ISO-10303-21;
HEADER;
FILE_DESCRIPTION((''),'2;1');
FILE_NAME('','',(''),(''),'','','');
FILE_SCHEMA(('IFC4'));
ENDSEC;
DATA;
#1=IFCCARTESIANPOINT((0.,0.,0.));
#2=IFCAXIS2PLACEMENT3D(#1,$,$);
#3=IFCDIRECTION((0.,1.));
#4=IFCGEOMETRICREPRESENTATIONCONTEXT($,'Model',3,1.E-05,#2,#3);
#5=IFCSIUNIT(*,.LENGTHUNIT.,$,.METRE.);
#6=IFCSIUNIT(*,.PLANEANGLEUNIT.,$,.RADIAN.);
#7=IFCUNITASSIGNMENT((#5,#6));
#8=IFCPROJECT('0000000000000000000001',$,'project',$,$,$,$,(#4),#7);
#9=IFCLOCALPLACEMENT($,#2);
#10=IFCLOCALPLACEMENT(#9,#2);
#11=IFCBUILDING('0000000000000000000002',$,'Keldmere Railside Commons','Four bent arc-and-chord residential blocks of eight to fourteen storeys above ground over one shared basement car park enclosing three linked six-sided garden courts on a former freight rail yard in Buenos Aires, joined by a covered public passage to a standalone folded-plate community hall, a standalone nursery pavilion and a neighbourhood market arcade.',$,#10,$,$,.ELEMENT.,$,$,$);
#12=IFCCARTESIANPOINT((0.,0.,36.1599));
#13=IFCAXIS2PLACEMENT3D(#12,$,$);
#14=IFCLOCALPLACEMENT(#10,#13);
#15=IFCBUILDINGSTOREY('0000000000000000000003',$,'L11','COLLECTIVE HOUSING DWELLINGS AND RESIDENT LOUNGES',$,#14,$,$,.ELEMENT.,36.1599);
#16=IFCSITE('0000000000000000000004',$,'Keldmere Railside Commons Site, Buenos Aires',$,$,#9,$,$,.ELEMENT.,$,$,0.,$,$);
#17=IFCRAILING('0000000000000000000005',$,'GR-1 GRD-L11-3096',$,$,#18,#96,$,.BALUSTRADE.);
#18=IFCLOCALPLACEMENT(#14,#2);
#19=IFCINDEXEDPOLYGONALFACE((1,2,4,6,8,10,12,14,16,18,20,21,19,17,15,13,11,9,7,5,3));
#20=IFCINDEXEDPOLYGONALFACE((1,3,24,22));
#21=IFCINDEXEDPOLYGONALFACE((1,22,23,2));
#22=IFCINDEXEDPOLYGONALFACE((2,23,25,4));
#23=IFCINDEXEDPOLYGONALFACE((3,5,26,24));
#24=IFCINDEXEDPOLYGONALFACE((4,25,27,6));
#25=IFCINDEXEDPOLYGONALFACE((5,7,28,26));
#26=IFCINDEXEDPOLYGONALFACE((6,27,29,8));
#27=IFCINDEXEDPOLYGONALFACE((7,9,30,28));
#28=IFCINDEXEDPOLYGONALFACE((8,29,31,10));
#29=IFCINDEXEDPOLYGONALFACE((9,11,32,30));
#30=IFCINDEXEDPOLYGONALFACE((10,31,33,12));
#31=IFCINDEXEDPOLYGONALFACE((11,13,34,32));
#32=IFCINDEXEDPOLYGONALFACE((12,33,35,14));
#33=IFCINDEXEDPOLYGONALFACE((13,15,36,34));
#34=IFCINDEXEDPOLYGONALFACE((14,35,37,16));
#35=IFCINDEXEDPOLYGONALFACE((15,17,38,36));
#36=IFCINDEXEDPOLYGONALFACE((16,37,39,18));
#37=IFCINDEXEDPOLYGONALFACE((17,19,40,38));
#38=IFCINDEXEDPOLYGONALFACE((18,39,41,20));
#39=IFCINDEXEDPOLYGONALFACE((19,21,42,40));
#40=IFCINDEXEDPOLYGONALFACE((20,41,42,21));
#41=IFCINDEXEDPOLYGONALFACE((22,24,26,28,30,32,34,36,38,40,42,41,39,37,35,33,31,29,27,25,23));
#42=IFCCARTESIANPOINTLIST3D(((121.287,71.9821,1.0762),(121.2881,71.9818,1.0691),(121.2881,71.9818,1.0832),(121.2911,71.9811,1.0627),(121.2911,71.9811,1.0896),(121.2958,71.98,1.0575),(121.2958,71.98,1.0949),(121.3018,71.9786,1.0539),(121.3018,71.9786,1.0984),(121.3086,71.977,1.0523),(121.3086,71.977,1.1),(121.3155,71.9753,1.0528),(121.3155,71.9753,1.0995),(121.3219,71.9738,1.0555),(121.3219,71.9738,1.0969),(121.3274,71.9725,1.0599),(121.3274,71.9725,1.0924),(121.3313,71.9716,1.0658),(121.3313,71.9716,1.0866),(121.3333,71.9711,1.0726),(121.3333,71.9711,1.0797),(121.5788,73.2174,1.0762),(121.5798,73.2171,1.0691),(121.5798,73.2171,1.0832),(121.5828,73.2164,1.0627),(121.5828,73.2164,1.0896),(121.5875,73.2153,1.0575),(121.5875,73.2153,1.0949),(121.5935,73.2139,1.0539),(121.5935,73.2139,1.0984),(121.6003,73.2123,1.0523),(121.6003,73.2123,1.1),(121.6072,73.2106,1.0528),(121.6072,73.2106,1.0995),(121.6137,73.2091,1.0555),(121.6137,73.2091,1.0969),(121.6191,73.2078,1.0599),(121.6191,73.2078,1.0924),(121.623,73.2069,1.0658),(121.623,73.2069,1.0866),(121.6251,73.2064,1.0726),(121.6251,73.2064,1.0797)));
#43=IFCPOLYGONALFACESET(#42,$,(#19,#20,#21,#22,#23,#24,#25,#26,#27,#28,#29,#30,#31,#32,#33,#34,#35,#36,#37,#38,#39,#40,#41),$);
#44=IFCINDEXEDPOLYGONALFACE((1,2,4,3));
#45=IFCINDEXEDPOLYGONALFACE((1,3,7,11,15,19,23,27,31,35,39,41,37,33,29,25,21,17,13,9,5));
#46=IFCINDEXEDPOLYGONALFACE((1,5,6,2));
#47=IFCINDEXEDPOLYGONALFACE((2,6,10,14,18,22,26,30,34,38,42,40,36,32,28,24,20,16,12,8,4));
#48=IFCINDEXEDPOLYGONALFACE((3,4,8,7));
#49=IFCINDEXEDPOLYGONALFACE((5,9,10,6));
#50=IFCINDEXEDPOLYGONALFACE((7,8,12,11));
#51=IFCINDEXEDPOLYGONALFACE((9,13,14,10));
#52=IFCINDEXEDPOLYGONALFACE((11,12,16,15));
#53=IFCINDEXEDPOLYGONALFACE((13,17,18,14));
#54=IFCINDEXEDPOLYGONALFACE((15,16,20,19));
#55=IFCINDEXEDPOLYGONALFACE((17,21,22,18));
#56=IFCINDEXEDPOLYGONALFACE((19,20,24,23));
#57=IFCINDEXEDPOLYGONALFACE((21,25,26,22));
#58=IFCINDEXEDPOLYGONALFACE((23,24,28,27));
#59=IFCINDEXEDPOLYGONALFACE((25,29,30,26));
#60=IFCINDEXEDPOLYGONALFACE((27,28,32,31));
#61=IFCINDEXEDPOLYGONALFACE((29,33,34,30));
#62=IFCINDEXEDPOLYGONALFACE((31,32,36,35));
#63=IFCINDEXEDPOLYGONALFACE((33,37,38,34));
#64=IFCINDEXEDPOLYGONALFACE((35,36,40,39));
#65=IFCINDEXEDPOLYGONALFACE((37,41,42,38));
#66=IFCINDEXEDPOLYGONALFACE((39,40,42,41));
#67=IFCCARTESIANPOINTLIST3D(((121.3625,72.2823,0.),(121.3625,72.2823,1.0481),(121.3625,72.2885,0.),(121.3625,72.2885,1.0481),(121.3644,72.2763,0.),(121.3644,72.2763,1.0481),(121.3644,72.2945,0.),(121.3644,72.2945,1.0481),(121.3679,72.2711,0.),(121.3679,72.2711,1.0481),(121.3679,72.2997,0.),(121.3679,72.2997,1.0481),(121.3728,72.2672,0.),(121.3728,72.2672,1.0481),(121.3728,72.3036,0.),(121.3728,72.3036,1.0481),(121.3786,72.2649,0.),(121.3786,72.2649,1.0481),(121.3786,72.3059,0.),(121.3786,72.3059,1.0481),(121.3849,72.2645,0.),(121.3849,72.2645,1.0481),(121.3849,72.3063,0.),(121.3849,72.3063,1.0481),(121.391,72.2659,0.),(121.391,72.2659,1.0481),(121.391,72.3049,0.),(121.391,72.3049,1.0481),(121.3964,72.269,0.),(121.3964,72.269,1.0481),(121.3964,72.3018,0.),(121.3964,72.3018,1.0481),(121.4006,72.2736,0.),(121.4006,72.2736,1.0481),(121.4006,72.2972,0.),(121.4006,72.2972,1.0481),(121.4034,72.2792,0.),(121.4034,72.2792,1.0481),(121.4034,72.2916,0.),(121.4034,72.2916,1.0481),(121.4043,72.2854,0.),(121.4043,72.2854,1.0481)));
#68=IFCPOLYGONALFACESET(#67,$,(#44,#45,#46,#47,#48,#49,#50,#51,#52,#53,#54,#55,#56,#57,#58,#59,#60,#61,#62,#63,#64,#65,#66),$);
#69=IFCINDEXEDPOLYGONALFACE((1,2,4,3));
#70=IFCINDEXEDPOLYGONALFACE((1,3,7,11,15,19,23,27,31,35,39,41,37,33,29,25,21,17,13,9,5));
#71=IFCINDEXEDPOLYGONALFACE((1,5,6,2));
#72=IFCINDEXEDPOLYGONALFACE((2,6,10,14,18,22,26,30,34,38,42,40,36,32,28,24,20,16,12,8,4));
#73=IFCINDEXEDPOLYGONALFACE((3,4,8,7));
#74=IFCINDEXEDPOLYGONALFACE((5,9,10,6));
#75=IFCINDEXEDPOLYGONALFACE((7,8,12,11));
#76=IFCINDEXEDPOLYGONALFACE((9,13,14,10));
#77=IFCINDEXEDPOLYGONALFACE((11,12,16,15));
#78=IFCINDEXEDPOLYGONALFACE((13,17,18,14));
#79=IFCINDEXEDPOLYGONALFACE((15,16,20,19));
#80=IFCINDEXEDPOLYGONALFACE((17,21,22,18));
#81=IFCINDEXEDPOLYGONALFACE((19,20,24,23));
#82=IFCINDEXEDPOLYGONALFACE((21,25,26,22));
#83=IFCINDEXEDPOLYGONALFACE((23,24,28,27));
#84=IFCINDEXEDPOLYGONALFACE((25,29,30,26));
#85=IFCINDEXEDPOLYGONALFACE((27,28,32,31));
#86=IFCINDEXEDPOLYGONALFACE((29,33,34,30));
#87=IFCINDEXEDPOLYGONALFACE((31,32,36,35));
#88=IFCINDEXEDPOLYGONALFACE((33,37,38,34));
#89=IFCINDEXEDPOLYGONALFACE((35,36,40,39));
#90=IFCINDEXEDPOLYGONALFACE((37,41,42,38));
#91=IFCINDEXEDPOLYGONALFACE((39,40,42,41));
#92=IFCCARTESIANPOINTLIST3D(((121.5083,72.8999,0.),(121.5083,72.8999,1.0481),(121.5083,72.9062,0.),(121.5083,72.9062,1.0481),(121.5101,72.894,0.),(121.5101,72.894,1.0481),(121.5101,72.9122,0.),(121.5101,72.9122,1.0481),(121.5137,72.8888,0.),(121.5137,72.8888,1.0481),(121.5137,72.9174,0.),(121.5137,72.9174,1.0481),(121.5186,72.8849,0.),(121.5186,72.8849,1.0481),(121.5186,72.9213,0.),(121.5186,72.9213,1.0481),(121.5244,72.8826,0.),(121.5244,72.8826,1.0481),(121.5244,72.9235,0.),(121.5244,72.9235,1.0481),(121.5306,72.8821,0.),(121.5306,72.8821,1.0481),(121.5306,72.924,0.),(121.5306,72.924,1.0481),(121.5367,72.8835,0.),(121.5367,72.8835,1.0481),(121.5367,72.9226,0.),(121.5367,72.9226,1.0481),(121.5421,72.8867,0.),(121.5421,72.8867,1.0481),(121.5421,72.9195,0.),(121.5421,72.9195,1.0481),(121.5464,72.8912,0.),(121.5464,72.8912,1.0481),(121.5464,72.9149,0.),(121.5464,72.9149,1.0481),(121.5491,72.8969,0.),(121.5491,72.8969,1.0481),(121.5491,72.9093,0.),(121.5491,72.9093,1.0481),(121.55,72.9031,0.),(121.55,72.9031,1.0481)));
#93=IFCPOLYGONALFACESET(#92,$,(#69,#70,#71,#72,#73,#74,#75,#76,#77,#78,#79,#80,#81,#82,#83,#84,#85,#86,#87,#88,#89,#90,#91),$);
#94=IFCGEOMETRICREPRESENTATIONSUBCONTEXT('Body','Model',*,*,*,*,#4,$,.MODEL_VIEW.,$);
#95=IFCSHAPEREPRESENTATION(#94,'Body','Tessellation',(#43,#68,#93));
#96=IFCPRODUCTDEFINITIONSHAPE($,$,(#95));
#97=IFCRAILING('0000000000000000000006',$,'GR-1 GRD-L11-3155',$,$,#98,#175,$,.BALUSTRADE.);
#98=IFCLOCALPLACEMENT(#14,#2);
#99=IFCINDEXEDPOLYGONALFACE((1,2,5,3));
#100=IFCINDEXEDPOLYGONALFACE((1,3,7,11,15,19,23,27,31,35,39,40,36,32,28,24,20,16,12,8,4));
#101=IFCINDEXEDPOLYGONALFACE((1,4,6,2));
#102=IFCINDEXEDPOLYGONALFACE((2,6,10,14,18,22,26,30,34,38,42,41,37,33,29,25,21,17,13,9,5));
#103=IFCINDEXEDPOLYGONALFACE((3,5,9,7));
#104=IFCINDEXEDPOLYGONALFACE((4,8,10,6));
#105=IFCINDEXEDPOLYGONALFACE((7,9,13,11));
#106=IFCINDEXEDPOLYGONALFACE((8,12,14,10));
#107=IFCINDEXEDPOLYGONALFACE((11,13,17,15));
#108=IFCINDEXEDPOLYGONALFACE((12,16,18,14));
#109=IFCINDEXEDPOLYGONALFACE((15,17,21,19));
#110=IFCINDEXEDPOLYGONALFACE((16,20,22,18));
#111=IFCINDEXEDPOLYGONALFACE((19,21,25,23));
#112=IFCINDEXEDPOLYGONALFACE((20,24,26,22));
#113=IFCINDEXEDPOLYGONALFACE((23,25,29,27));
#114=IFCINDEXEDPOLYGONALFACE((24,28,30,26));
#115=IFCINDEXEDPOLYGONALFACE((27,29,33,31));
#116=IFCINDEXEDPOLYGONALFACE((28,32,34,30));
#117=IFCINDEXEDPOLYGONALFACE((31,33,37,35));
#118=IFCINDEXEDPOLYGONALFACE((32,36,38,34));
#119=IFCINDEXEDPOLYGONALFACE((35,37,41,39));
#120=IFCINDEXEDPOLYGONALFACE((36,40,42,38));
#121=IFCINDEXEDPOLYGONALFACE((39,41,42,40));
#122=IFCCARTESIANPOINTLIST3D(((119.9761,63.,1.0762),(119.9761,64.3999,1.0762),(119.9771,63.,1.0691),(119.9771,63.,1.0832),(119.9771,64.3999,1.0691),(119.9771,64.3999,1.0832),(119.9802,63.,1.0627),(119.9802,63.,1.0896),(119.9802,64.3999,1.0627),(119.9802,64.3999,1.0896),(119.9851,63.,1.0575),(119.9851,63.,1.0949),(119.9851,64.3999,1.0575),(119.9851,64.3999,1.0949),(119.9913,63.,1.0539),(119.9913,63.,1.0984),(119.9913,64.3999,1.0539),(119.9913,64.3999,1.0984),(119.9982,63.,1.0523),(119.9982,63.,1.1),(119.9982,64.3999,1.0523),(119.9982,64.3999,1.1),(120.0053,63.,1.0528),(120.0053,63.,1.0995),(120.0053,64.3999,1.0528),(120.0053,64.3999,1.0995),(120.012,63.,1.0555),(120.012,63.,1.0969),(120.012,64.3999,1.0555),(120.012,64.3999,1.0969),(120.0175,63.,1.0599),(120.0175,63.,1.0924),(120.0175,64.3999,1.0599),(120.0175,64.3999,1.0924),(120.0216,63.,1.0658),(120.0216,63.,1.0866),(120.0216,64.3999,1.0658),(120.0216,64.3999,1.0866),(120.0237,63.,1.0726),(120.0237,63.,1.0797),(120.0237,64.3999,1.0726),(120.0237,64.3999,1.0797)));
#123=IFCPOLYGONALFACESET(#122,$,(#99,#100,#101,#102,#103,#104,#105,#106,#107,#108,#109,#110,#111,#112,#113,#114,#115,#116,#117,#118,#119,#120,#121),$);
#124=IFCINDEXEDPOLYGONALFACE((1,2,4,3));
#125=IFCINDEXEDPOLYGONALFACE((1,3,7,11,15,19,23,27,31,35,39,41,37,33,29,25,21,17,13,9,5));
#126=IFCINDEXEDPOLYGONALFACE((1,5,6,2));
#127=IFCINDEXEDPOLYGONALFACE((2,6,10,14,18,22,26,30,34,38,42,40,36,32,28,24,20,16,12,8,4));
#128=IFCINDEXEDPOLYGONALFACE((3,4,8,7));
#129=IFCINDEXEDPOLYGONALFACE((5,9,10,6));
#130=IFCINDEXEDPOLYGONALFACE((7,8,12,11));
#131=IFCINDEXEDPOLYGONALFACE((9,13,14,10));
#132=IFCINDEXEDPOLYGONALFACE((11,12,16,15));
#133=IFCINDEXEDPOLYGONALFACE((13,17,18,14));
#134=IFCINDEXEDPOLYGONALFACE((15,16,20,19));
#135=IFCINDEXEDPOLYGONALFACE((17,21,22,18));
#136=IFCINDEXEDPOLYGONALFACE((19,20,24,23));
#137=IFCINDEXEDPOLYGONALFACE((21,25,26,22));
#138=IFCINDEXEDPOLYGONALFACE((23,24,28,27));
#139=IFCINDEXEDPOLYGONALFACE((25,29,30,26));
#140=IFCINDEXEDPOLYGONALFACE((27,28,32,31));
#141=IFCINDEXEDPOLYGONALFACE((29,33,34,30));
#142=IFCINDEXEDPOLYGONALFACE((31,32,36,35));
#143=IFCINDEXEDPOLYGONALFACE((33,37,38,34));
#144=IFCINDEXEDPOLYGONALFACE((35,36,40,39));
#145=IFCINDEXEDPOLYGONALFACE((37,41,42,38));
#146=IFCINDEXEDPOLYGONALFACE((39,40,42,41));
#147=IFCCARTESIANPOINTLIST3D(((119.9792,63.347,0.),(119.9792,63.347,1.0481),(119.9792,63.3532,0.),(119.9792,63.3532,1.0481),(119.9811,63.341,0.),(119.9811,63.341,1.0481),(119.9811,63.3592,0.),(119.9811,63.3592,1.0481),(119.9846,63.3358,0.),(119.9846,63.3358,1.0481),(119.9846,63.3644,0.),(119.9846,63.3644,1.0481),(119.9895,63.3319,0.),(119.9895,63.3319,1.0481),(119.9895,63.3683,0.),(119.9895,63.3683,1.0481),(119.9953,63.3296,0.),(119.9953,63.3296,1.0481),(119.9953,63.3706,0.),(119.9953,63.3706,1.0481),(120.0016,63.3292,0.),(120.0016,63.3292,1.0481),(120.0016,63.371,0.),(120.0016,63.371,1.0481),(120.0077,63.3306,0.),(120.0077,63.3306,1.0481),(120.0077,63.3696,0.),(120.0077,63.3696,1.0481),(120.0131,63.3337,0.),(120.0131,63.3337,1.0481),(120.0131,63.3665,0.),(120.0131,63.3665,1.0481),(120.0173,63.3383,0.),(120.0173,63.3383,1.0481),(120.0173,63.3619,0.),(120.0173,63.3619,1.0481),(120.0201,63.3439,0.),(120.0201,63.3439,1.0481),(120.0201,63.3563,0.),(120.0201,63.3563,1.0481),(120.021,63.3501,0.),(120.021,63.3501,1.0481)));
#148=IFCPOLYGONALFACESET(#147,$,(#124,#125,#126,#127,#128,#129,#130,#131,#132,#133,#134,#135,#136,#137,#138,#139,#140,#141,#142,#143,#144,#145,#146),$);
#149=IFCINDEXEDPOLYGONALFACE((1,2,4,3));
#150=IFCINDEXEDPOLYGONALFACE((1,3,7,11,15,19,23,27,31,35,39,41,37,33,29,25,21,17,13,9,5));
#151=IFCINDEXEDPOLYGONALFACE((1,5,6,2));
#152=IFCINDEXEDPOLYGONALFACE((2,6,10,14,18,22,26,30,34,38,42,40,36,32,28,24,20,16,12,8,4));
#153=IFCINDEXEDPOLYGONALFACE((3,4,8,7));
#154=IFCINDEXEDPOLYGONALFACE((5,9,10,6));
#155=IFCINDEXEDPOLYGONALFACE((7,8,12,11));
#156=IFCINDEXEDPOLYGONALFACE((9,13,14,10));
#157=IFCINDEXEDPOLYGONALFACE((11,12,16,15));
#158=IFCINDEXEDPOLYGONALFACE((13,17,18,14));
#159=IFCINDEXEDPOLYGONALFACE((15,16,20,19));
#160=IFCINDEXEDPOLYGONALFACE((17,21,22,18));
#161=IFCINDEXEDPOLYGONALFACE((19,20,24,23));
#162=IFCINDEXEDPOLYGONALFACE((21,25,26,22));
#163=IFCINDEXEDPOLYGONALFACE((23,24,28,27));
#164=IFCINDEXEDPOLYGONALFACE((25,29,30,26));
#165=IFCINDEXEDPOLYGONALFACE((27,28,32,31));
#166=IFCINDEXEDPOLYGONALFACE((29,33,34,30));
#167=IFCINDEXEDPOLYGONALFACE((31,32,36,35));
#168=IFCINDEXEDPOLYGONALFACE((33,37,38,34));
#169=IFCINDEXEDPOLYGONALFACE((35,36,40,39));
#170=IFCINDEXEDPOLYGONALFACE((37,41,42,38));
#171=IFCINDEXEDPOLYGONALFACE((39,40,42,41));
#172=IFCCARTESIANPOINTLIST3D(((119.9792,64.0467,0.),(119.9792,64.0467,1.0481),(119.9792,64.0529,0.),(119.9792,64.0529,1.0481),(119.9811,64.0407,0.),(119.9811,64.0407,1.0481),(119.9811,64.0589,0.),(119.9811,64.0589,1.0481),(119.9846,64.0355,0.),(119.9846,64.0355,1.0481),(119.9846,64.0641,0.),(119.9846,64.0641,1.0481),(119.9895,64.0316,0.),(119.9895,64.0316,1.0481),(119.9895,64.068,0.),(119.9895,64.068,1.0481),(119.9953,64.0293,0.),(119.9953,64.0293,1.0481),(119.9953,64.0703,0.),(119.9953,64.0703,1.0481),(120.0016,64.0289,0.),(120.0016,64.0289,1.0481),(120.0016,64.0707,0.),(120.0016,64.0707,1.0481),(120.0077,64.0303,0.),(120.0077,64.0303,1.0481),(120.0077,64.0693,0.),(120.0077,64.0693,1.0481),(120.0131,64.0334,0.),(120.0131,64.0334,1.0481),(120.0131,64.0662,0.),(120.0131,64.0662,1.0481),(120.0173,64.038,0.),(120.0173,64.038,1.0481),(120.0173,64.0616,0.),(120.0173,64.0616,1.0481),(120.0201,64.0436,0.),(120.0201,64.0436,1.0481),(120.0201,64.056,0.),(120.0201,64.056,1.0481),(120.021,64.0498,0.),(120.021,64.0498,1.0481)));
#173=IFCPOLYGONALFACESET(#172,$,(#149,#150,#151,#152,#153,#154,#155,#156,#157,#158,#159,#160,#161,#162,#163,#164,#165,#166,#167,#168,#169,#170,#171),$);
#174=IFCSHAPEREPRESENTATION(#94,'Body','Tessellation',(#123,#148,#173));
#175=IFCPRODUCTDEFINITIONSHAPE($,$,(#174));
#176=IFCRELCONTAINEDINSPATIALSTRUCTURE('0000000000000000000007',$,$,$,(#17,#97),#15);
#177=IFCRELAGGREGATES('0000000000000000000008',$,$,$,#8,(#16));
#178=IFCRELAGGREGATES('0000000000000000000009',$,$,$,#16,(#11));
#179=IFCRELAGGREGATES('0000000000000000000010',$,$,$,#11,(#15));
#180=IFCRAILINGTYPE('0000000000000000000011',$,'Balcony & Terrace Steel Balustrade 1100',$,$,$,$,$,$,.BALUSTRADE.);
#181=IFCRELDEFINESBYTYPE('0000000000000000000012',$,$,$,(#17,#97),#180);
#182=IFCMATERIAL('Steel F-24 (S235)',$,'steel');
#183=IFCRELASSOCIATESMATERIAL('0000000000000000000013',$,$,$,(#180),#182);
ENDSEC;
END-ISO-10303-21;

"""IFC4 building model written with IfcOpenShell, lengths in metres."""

from ifc_helpers import new_model, si_unit, direction, frame, origin, origin_2d, place, context, subcontext, project, spatial, circle, extrude, material, type_object, element, save


model = new_model("IFC4")

# Units and contexts
model_context = context("Model", 3, precision=1e-05, world=origin(), true_north=direction((0.0, 1.0)))
body_context = subcontext(model_context, "Body", "Model", "MODEL_VIEW")
ifc_project = project(units=[si_unit("LENGTHUNIT", "METRE"), si_unit("PLANEANGLEUNIT", "RADIAN")], contexts=[model_context])

# Site, building, storey
site_placement = place(None, origin())
site = spatial("IfcSite", under=ifc_project, at=site_placement, Name="Keldmere Railside Commons Site, Buenos Aires", CompositionType="ELEMENT", RefElevation=0.0)
building_placement = place(site_placement, origin())
building = spatial("IfcBuilding", under=site, at=building_placement, Name="Keldmere Railside Commons", Description="Four bent arc-and-chord residential blocks of eight to fourteen storeys above ground over one shared basement car park enclosing three linked six-sided garden courts on a former freight rail yard in Buenos Aires, joined by a covered public passage to a standalone folded-plate community hall, a standalone nursery pavilion and a neighbourhood market arcade.", CompositionType="ELEMENT")
storey_placement = place(building_placement, frame((0.0, 0.0, 36.1599)))
storey = spatial("IfcBuildingStorey", under=building, at=storey_placement, Name="L11", Description="COLLECTIVE HOUSING DWELLINGS AND RESIDENT LOUNGES", CompositionType="ELEMENT", Elevation=36.1599)

# Railings
ifc_material_1 = material(Name="Steel F-24 (S235)", Category="steel")
railing_type = type_object("IfcRailingType", Name="Balcony & Terrace Steel Balustrade 1100", PredefinedType="BALUSTRADE", material=ifc_material_1)
railing_1_placement = place(storey_placement, frame((121.3103, 71.9766, 0.0)))
element("IfcRailing", 1, at=railing_1_placement, inside=storey, type_object=railing_type, Name="GR-1 GRD-L11-3096", PredefinedType="BALUSTRADE", context=body_context, shape_type="SweptSolid", body=[
    extrude(circle(Radius=0.0239, at=origin_2d()), frame((0.0, 0.0, 1.0762), z_axis=(0.229843, 0.973228, 0.0), x_axis=(-0.973228, 0.229843, 0.0)), (0.0, 0.0, 1.0), 1.2693),
    extrude(circle(Radius=0.021, at=origin_2d()), frame((0.073, 0.3088, 0.0)), (0.0, 0.0, 1.0), 1.0481),
    extrude(circle(Radius=0.021, at=origin_2d()), frame((0.2188, 0.9265, 0.0)), (0.0, 0.0, 1.0), 1.0481),
])
railing_2_placement = place(storey_placement, frame((120.0, 63.0, 0.0)))
element("IfcRailing", 2, at=railing_2_placement, inside=storey, type_object=railing_type, Name="GR-1 GRD-L11-3155", PredefinedType="BALUSTRADE", context=body_context, shape_type="SweptSolid", body=[
    extrude(circle(Radius=0.0239, at=origin_2d()), frame((0.0, 0.0, 1.0762), z_axis=(0.0, 1.0, 0.0), x_axis=(-1.0, 0.0, 0.0)), (0.0, 0.0, 1.0), 1.3999),
    extrude(circle(Radius=0.021, at=origin_2d()), frame((0.0, 0.3501, 0.0)), (0.0, 0.0, 1.0), 1.0481),
    extrude(circle(Radius=0.021, at=origin_2d()), frame((0.0, 1.0498, 0.0)), (0.0, 0.0, 1.0), 1.0481),
])

save(model, "model.ifc")
